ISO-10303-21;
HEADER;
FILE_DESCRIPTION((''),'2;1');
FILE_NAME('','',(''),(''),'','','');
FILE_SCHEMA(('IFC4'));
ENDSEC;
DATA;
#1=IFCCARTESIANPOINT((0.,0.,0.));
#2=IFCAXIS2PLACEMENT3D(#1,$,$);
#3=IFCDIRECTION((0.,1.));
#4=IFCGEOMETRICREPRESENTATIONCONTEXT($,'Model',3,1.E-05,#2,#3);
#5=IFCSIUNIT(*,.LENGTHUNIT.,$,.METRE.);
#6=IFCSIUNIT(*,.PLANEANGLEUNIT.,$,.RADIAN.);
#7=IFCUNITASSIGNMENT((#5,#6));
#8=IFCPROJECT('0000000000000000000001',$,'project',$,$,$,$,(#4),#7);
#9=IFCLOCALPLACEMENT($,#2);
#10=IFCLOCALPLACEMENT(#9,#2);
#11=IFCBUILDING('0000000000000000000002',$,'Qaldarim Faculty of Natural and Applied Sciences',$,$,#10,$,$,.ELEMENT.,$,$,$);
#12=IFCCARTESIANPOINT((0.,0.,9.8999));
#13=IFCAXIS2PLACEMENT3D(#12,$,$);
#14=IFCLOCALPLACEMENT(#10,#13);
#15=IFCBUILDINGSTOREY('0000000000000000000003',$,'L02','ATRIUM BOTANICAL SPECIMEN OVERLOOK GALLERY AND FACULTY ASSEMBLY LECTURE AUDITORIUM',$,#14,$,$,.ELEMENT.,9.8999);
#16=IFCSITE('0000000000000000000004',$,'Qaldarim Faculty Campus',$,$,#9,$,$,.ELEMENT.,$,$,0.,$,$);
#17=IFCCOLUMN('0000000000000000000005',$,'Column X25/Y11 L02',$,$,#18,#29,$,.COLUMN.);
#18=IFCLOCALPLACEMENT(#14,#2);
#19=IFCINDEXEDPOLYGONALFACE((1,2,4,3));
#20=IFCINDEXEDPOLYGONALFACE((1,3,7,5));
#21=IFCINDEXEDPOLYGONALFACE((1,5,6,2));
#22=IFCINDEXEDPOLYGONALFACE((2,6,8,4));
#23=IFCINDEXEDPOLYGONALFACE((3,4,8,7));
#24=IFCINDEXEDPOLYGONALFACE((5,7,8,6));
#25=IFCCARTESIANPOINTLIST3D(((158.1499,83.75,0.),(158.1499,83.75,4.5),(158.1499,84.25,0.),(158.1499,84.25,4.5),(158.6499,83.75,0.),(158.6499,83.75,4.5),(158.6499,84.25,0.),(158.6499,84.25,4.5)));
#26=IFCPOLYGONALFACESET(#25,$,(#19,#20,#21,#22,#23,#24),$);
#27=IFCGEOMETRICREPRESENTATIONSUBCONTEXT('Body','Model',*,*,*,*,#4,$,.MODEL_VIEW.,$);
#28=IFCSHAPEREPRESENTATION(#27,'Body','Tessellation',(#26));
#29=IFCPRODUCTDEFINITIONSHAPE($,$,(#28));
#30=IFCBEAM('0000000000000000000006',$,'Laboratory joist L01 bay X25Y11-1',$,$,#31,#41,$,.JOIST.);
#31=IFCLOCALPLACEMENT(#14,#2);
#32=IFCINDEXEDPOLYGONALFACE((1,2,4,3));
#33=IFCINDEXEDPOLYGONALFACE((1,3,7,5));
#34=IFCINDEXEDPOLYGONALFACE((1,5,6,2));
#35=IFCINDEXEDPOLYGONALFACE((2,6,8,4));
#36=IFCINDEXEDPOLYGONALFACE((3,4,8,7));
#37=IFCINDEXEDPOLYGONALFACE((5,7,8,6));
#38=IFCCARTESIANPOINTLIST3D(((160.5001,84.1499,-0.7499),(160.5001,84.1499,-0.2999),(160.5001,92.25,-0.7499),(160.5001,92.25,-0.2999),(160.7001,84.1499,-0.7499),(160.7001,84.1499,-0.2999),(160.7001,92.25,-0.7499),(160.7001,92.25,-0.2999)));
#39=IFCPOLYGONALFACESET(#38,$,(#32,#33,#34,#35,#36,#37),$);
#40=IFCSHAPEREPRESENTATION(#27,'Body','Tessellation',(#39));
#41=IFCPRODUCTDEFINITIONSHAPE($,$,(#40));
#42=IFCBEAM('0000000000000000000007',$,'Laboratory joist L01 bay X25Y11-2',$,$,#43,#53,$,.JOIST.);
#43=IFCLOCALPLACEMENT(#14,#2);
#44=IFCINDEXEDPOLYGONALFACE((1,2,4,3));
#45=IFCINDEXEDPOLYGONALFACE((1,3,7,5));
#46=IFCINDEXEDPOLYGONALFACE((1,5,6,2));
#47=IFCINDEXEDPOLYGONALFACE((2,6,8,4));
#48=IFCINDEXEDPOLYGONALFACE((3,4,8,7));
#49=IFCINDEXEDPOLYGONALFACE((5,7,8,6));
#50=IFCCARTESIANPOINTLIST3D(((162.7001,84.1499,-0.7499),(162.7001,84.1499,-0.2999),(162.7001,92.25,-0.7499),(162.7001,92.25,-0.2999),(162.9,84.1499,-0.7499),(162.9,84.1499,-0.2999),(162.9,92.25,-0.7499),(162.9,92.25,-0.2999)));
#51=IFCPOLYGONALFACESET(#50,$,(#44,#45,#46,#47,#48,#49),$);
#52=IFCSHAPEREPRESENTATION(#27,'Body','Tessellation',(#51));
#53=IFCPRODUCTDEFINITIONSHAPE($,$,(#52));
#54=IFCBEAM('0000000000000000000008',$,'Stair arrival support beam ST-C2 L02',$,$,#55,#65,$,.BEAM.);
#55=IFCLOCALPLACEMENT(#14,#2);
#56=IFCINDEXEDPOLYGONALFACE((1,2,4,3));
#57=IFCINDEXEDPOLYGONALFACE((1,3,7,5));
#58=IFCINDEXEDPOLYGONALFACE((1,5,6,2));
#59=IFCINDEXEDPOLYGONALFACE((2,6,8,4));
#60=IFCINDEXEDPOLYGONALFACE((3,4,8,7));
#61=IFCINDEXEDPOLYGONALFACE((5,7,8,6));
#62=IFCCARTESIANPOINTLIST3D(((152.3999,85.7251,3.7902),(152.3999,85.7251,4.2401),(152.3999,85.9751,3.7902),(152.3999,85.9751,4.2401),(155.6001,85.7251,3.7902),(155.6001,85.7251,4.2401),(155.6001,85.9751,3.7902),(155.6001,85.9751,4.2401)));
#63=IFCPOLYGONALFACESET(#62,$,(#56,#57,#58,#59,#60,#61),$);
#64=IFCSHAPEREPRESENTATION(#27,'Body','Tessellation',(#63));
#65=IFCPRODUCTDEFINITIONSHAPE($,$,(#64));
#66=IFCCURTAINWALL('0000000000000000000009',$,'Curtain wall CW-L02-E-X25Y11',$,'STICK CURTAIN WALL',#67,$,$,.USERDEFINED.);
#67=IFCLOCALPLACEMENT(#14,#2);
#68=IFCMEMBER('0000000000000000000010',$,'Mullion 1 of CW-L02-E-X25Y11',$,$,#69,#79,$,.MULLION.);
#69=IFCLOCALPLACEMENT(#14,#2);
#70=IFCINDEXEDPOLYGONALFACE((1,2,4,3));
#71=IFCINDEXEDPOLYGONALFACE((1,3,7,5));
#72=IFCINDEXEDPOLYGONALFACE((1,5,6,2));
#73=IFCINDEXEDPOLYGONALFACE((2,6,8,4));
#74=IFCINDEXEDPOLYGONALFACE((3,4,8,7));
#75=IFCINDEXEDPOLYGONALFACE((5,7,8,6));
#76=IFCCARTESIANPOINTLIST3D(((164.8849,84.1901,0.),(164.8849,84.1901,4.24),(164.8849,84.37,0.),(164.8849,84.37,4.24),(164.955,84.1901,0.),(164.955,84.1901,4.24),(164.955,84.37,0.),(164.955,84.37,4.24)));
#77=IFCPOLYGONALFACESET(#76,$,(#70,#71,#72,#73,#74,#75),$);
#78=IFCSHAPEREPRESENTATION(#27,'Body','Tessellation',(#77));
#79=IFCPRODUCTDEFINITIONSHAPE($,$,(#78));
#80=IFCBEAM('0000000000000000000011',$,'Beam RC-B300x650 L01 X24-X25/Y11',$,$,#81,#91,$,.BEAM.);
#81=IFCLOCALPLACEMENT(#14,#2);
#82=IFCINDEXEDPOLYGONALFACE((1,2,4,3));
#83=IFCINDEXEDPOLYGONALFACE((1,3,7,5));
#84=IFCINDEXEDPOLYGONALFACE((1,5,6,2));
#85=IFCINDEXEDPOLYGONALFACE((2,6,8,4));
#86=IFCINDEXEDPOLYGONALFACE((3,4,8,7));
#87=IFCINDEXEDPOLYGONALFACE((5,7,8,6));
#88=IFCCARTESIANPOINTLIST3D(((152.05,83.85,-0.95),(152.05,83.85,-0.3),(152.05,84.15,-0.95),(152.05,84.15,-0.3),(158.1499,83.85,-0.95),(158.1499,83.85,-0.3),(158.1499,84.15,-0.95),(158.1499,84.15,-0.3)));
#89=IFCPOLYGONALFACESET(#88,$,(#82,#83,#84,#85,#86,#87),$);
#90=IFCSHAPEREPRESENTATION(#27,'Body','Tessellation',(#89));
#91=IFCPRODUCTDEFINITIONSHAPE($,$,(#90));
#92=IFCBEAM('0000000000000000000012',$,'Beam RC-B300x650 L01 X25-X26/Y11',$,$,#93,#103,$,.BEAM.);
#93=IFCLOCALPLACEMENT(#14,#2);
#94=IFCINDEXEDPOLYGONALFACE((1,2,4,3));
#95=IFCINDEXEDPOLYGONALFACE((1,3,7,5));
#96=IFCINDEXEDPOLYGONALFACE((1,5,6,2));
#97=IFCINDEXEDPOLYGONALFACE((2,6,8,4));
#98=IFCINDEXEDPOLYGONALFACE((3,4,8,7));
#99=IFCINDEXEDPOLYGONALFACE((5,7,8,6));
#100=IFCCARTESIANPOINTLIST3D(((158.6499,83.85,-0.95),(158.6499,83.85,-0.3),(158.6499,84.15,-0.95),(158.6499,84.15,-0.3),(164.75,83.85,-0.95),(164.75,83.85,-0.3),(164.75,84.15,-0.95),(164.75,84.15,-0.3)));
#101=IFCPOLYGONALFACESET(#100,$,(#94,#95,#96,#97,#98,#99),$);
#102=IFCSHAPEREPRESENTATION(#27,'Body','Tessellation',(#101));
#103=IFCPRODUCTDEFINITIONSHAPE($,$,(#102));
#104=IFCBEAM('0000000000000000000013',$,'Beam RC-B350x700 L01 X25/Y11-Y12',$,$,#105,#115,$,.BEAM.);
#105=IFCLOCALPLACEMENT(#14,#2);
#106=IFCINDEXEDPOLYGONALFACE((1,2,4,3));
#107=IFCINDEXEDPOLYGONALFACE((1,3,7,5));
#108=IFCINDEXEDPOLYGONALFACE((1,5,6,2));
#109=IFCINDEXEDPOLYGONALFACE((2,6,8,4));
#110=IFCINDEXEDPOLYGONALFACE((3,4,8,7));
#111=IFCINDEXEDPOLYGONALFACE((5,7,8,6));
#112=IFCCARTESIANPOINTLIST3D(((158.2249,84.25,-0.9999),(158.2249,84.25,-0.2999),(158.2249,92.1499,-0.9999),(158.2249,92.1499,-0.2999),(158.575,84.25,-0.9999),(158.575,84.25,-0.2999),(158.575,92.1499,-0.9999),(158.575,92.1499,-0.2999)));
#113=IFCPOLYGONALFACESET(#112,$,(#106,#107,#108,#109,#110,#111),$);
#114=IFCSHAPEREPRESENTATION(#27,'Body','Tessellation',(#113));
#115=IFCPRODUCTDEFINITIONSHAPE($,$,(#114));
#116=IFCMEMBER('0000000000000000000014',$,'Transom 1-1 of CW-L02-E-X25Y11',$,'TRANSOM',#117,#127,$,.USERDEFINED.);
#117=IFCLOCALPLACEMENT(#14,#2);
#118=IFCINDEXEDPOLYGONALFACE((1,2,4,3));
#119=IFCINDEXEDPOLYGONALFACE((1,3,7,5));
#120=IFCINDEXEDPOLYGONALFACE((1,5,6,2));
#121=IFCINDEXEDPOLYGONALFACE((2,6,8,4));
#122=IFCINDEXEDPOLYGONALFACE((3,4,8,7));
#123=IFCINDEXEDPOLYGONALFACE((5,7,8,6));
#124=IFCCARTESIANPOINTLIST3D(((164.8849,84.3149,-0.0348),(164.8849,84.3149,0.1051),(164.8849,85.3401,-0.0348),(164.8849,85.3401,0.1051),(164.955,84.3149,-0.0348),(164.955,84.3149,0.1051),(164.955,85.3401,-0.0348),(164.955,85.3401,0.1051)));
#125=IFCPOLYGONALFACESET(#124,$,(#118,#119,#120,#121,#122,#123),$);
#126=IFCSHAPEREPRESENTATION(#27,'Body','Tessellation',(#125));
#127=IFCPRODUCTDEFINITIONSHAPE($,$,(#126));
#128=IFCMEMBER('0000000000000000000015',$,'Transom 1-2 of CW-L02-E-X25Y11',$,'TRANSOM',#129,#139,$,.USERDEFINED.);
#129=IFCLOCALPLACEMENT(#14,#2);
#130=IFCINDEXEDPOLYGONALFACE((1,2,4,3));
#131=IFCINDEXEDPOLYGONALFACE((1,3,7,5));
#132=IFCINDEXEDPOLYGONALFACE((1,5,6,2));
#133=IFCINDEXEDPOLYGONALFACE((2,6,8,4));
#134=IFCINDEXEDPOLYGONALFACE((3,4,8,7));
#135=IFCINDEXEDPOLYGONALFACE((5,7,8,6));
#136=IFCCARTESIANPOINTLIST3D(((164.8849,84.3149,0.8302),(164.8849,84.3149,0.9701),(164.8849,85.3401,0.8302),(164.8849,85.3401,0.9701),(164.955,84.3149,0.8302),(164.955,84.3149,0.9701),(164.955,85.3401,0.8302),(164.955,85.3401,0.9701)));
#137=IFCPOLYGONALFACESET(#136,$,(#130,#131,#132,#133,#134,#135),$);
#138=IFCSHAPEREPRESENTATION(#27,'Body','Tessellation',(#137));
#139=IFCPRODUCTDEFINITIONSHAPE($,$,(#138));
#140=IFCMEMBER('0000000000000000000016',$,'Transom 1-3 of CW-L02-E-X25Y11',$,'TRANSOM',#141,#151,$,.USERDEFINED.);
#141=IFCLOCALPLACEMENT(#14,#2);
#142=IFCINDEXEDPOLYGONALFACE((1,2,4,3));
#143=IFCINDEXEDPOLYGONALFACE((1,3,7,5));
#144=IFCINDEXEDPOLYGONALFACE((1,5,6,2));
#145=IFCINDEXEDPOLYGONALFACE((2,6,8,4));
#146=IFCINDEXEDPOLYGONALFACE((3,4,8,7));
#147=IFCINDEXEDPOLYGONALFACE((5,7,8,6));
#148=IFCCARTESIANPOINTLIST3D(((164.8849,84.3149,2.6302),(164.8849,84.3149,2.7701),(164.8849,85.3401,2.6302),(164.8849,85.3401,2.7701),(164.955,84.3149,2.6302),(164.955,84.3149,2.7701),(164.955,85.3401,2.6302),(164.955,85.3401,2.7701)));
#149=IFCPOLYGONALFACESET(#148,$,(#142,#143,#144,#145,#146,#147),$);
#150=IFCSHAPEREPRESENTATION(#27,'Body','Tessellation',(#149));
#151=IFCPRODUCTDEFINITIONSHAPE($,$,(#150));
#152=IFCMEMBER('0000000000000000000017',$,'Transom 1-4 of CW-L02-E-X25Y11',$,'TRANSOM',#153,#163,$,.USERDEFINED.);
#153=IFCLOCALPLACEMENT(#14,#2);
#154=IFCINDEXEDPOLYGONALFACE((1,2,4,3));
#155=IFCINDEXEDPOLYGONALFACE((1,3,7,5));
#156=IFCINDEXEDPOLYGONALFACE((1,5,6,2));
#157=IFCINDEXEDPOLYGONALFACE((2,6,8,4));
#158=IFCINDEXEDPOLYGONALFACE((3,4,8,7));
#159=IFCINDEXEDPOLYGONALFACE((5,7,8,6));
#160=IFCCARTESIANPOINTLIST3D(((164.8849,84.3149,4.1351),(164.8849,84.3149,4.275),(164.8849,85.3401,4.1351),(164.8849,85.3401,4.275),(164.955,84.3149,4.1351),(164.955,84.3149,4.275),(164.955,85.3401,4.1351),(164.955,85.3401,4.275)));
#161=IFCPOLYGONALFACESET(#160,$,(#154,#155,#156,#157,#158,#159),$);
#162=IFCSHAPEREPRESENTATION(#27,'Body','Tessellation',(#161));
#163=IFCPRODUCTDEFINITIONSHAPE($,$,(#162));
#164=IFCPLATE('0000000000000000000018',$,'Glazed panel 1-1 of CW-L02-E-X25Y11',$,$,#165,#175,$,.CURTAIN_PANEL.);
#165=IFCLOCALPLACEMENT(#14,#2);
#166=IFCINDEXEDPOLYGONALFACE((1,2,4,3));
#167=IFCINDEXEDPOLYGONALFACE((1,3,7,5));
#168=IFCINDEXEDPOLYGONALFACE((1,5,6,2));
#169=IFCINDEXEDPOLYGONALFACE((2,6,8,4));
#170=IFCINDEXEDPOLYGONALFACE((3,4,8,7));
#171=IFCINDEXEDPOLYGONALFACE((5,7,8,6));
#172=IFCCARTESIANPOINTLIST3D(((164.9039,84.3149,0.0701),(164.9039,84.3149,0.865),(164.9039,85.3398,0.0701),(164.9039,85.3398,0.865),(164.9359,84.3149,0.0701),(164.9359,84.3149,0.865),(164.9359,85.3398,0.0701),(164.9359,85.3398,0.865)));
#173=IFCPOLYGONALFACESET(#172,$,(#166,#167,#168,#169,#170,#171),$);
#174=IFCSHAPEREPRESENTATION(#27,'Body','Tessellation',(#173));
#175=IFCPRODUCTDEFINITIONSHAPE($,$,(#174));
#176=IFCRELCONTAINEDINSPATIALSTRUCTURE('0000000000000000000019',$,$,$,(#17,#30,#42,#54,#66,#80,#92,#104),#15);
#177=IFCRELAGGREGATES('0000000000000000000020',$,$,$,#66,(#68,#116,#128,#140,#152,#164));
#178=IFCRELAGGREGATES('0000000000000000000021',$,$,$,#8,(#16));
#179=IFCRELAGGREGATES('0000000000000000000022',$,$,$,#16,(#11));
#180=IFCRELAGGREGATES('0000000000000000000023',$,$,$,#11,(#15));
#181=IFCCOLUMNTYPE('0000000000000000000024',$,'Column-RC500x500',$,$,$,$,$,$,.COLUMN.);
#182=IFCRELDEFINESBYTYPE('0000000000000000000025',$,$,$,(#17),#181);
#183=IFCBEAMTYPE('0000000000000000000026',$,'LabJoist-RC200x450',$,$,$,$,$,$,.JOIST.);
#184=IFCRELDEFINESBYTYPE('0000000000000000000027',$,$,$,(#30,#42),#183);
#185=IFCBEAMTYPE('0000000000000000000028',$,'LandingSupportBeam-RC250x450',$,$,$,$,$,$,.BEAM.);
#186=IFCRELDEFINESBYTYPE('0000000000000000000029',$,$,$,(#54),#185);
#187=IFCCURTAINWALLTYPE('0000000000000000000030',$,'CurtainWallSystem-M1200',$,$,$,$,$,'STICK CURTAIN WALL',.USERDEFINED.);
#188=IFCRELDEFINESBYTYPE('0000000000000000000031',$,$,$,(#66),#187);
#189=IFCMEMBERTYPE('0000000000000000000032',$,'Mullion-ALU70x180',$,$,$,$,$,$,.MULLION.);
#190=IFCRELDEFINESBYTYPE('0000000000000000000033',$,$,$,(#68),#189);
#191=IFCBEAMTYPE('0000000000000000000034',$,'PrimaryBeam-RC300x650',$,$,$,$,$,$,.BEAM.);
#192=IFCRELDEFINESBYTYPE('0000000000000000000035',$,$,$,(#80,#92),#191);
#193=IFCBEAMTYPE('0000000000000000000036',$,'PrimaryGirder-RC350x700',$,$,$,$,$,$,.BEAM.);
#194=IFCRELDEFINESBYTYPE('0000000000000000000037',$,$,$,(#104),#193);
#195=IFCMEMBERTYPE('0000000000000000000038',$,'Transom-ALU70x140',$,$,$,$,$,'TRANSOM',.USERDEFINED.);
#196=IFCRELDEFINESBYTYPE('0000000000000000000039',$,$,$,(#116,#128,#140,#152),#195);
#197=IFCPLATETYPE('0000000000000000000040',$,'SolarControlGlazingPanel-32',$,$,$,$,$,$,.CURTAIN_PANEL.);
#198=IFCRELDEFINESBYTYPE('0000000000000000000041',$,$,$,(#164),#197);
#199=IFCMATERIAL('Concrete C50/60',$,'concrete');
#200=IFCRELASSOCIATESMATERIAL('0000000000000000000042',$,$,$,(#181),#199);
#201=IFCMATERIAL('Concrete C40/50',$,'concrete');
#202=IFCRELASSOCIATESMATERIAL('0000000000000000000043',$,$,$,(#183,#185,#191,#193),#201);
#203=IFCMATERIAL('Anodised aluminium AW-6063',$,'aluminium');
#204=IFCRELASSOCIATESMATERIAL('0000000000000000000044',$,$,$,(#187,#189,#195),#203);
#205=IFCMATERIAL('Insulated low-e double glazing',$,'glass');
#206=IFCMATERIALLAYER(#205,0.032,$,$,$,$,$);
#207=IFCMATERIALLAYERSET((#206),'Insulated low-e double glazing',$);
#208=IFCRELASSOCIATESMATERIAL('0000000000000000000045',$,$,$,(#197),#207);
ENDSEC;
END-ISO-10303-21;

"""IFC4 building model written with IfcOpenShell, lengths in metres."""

from ifc_helpers import new_model, si_unit, direction, frame, origin, origin_2d, place, context, subcontext, project, spatial, rectangle, extrude, material, layer, layer_set, material_profile, profile_set, type_object, element, aggregate, save


model = new_model("IFC4")

# Units and contexts
model_context = context("Model", 3, precision=1e-05, world=origin(), true_north=direction((0.0, 1.0)))
body_context = subcontext(model_context, "Body", "Model", "MODEL_VIEW")
ifc_project = project(units=[si_unit("LENGTHUNIT", "METRE"), si_unit("PLANEANGLEUNIT", "RADIAN")], contexts=[model_context])

# Site, building, storey
site_placement = place(None, origin())
site = spatial("IfcSite", under=ifc_project, at=site_placement, Name="Qaldarim Faculty Campus", CompositionType="ELEMENT", RefElevation=0.0)
building_placement = place(site_placement, origin())
building = spatial("IfcBuilding", under=site, at=building_placement, Name="Qaldarim Faculty of Natural and Applied Sciences", CompositionType="ELEMENT")
storey_placement = place(building_placement, frame((0.0, 0.0, 9.8999)))
storey = spatial("IfcBuildingStorey", under=building, at=storey_placement, Name="L02", Description="ATRIUM BOTANICAL SPECIMEN OVERLOOK GALLERY AND FACULTY ASSEMBLY LECTURE AUDITORIUM", CompositionType="ELEMENT", Elevation=9.8999)

# Column
ifc_material_1 = material(Name="Concrete C50/60", Category="concrete")
ifc_material_profile_1 = material_profile(ifc_material_1, rectangle(XDim=0.5, YDim=0.5, at=origin_2d()), Name="RC-C500x500")
ifc_profile_set_1 = profile_set([ifc_material_profile_1], Name="Concrete C50/60")
column_type = type_object("IfcColumnType", Name="Column-RC500x500", PredefinedType="COLUMN", material=ifc_profile_set_1)
column_placement = place(storey_placement, frame((158.3999, 84.0, 0.0), z_axis=(0.0, 0.0, 1.0), x_axis=(1.0, 0.0, 0.0)))
element("IfcColumn", 1, at=column_placement, inside=storey, type_object=column_type, Name="Column X25/Y11 L02", PredefinedType="COLUMN", context=body_context, shape_type="SweptSolid", body=[
    extrude(rectangle(XDim=0.5, YDim=0.5, at=origin_2d()), origin(), (0.0, 0.0, 1.0), 4.5),
])

# Beams
ifc_material_2 = material(Name="Concrete C40/50", Category="concrete")
ifc_material_profile_2 = material_profile(ifc_material_2, rectangle(XDim=0.2, YDim=0.45, at=origin_2d()), Name="RC-J200x450")
ifc_profile_set_2 = profile_set([ifc_material_profile_2], Name="Concrete C40/50")
beam_type_1 = type_object("IfcBeamType", Name="LabJoist-RC200x450", PredefinedType="JOIST", material=ifc_profile_set_2)
for number, where, z_axis, x_axis, name in (
    (2, (160.6001, 84.1499, -0.5249), (0.0, 1.0, 0.0), (-1.0, 0.0, 0.0), "Laboratory joist L01 bay X25Y11-1"),
    (3, (162.8, 84.1499, -0.5249), (0.0, 1.0, 0.0), (-1.0, 0.0, 0.0), "Laboratory joist L01 bay X25Y11-2"),
):
    element("IfcBeam", number, at=place(storey_placement, frame(where, z_axis=z_axis, x_axis=x_axis)), inside=storey, type_object=beam_type_1, Name=name, PredefinedType="JOIST", context=body_context, shape_type="SweptSolid", body=[
        extrude(rectangle(XDim=0.2, YDim=0.45, at=origin_2d()), origin(), (0.0, 0.0, 1.0), 8.1001),
    ])
ifc_material_profile_3 = material_profile(ifc_material_2, rectangle(XDim=0.25, YDim=0.45, at=origin_2d()), Name="RC-LN250x450")
ifc_profile_set_3 = profile_set([ifc_material_profile_3], Name="Concrete C40/50")
beam_type_2 = type_object("IfcBeamType", Name="LandingSupportBeam-RC250x450", PredefinedType="BEAM", material=ifc_profile_set_3)
beam_1_placement = place(storey_placement, frame((152.3999, 85.8501, 4.0151), z_axis=(1.0, 0.0, 0.0), x_axis=(0.0, 1.0, 0.0)))
element("IfcBeam", 4, at=beam_1_placement, inside=storey, type_object=beam_type_2, Name="Stair arrival support beam ST-C2 L02", PredefinedType="BEAM", context=body_context, shape_type="SweptSolid", body=[
    extrude(rectangle(XDim=0.25, YDim=0.45, at=origin_2d()), origin(), (0.0, 0.0, 1.0), 3.2002),
])

# Curtain wall, member
ifc_material_3 = material(Name="Anodised aluminium AW-6063", Category="aluminium")
curtain_wall_type = type_object("IfcCurtainWallType", Name="CurtainWallSystem-M1200", ElementType="STICK CURTAIN WALL", PredefinedType="USERDEFINED", material=ifc_material_3)
curtain_wall_placement = place(storey_placement, origin())
curtain_wall = element("IfcCurtainWall", 5, at=curtain_wall_placement, inside=storey, type_object=curtain_wall_type, Name="Curtain wall CW-L02-E-X25Y11", ObjectType="STICK CURTAIN WALL", PredefinedType="USERDEFINED")
ifc_material_profile_4 = material_profile(ifc_material_3, rectangle(XDim=0.0701, YDim=0.1799, at=origin_2d()), Name="ALU-M70x180")
ifc_profile_set_4 = profile_set([ifc_material_profile_4], Name="Anodised aluminium AW-6063")
member_type_1 = type_object("IfcMemberType", Name="Mullion-ALU70x180", PredefinedType="MULLION", material=ifc_profile_set_4)
member_1_placement = place(storey_placement, frame((164.9199, 84.28, 0.0), z_axis=(0.0, 0.0, 1.0), x_axis=(-1.0, 0.0, 0.0)))
member_1 = element("IfcMember", 6, at=member_1_placement, type_object=member_type_1, Name="Mullion 1 of CW-L02-E-X25Y11", PredefinedType="MULLION", context=body_context, shape_type="SweptSolid", body=[
    extrude(rectangle(XDim=0.0701, YDim=0.1799, at=origin_2d()), origin(), (0.0, 0.0, 1.0), 4.24),
])

# Beams
ifc_material_profile_5 = material_profile(ifc_material_2, rectangle(XDim=0.3, YDim=0.6499, at=origin_2d()), Name="RC-B300x650")
ifc_profile_set_5 = profile_set([ifc_material_profile_5], Name="Concrete C40/50")
beam_type_3 = type_object("IfcBeamType", Name="PrimaryBeam-RC300x650", PredefinedType="BEAM", material=ifc_profile_set_5)
beam_2_placement = place(storey_placement, frame((152.05, 84.0, -0.625), z_axis=(1.0, 0.0, 0.0), x_axis=(0.0, 1.0, 0.0)))
element("IfcBeam", 7, at=beam_2_placement, inside=storey, type_object=beam_type_3, Name="Beam RC-B300x650 L01 X24-X25/Y11", PredefinedType="BEAM", context=body_context, shape_type="SweptSolid", body=[
    extrude(rectangle(XDim=0.3, YDim=0.6499, at=origin_2d()), origin(), (0.0, 0.0, 1.0), 6.0999),
])
beam_3_placement = place(storey_placement, frame((158.6499, 84.0, -0.625), z_axis=(1.0, 0.0, 0.0), x_axis=(0.0, 1.0, 0.0)))
element("IfcBeam", 8, at=beam_3_placement, inside=storey, type_object=beam_type_3, Name="Beam RC-B300x650 L01 X25-X26/Y11", PredefinedType="BEAM", context=body_context, shape_type="SweptSolid", body=[
    extrude(rectangle(XDim=0.3, YDim=0.6499, at=origin_2d()), origin(), (0.0, 0.0, 1.0), 6.1001),
])
ifc_material_profile_6 = material_profile(ifc_material_2, rectangle(XDim=0.3501, YDim=0.7, at=origin_2d()), Name="RC-B350x700")
ifc_profile_set_6 = profile_set([ifc_material_profile_6], Name="Concrete C40/50")
beam_type_4 = type_object("IfcBeamType", Name="PrimaryGirder-RC350x700", PredefinedType="BEAM", material=ifc_profile_set_6)
beam_4_placement = place(storey_placement, frame((158.3999, 84.25, -0.6499), z_axis=(0.0, 1.0, 0.0), x_axis=(-1.0, 0.0, 0.0)))
element("IfcBeam", 9, at=beam_4_placement, inside=storey, type_object=beam_type_4, Name="Beam RC-B350x700 L01 X25/Y11-Y12", PredefinedType="BEAM", context=body_context, shape_type="SweptSolid", body=[
    extrude(rectangle(XDim=0.3501, YDim=0.7, at=origin_2d()), origin(), (0.0, 0.0, 1.0), 7.8999),
])

# Members
ifc_material_profile_7 = material_profile(ifc_material_3, rectangle(XDim=0.0701, YDim=0.1399, at=origin_2d()), Name="ALU-T70x140")
ifc_profile_set_7 = profile_set([ifc_material_profile_7], Name="Anodised aluminium AW-6063")
member_type_2 = type_object("IfcMemberType", Name="Transom-ALU70x140", ElementType="TRANSOM", PredefinedType="USERDEFINED", material=ifc_profile_set_7)
member_2_placement = place(storey_placement, frame((164.9199, 84.3149, 0.0352), z_axis=(0.0, 1.0, 0.0), x_axis=(-1.0, 0.0, 0.0)))
member_2 = element("IfcMember", 10, at=member_2_placement, type_object=member_type_2, Name="Transom 1-1 of CW-L02-E-X25Y11", ObjectType="TRANSOM", PredefinedType="USERDEFINED", context=body_context, shape_type="SweptSolid", body=[
    extrude(rectangle(XDim=0.0701, YDim=0.1399, at=origin_2d()), origin(), (0.0, 0.0, 1.0), 1.0251),
])
member_3_placement = place(storey_placement, frame((164.9199, 84.3149, 0.9001), z_axis=(0.0, 1.0, 0.0), x_axis=(-1.0, 0.0, 0.0)))
member_3 = element("IfcMember", 11, at=member_3_placement, type_object=member_type_2, Name="Transom 1-2 of CW-L02-E-X25Y11", ObjectType="TRANSOM", PredefinedType="USERDEFINED", context=body_context, shape_type="SweptSolid", body=[
    extrude(rectangle(XDim=0.0701, YDim=0.1399, at=origin_2d()), origin(), (0.0, 0.0, 1.0), 1.0251),
])
member_4_placement = place(storey_placement, frame((164.9199, 84.3149, 2.7002), z_axis=(0.0, 1.0, 0.0), x_axis=(-1.0, 0.0, 0.0)))
member_4 = element("IfcMember", 12, at=member_4_placement, type_object=member_type_2, Name="Transom 1-3 of CW-L02-E-X25Y11", ObjectType="TRANSOM", PredefinedType="USERDEFINED", context=body_context, shape_type="SweptSolid", body=[
    extrude(rectangle(XDim=0.0701, YDim=0.1399, at=origin_2d()), origin(), (0.0, 0.0, 1.0), 1.0251),
])
member_5_placement = place(storey_placement, frame((164.9199, 84.3149, 4.2051), z_axis=(0.0, 1.0, 0.0), x_axis=(-1.0, 0.0, 0.0)))
member_5 = element("IfcMember", 13, at=member_5_placement, type_object=member_type_2, Name="Transom 1-4 of CW-L02-E-X25Y11", ObjectType="TRANSOM", PredefinedType="USERDEFINED", context=body_context, shape_type="SweptSolid", body=[
    extrude(rectangle(XDim=0.0701, YDim=0.1399, at=origin_2d()), origin(), (0.0, 0.0, 1.0), 1.0251),
])

# Plate
ifc_material_4 = material(Name="Insulated low-e double glazing", Category="glass")
ifc_layer_1 = layer(ifc_material_4, 0.032)
ifc_layer_set_1 = layer_set([ifc_layer_1], Name="Insulated low-e double glazing")
plate_type = type_object("IfcPlateType", Name="SolarControlGlazingPanel-32", PredefinedType="CURTAIN_PANEL", material=ifc_layer_set_1)
plate_placement = place(storey_placement, frame((164.9199, 84.8274, 0.0701), z_axis=(0.0, 0.0, 1.0), x_axis=(0.0, 1.0, 0.0)))
plate = element("IfcPlate", 14, at=plate_placement, type_object=plate_type, Name="Glazed panel 1-1 of CW-L02-E-X25Y11", PredefinedType="CURTAIN_PANEL", context=body_context, shape_type="SweptSolid", body=[
    extrude(rectangle(XDim=1.0249, YDim=0.032, at=origin_2d()), origin(), (0.0, 0.0, 1.0), 0.7949),
])
aggregate(curtain_wall, [member_1, member_2, member_3, member_4, member_5, plate])

save(model, "model.ifc")
